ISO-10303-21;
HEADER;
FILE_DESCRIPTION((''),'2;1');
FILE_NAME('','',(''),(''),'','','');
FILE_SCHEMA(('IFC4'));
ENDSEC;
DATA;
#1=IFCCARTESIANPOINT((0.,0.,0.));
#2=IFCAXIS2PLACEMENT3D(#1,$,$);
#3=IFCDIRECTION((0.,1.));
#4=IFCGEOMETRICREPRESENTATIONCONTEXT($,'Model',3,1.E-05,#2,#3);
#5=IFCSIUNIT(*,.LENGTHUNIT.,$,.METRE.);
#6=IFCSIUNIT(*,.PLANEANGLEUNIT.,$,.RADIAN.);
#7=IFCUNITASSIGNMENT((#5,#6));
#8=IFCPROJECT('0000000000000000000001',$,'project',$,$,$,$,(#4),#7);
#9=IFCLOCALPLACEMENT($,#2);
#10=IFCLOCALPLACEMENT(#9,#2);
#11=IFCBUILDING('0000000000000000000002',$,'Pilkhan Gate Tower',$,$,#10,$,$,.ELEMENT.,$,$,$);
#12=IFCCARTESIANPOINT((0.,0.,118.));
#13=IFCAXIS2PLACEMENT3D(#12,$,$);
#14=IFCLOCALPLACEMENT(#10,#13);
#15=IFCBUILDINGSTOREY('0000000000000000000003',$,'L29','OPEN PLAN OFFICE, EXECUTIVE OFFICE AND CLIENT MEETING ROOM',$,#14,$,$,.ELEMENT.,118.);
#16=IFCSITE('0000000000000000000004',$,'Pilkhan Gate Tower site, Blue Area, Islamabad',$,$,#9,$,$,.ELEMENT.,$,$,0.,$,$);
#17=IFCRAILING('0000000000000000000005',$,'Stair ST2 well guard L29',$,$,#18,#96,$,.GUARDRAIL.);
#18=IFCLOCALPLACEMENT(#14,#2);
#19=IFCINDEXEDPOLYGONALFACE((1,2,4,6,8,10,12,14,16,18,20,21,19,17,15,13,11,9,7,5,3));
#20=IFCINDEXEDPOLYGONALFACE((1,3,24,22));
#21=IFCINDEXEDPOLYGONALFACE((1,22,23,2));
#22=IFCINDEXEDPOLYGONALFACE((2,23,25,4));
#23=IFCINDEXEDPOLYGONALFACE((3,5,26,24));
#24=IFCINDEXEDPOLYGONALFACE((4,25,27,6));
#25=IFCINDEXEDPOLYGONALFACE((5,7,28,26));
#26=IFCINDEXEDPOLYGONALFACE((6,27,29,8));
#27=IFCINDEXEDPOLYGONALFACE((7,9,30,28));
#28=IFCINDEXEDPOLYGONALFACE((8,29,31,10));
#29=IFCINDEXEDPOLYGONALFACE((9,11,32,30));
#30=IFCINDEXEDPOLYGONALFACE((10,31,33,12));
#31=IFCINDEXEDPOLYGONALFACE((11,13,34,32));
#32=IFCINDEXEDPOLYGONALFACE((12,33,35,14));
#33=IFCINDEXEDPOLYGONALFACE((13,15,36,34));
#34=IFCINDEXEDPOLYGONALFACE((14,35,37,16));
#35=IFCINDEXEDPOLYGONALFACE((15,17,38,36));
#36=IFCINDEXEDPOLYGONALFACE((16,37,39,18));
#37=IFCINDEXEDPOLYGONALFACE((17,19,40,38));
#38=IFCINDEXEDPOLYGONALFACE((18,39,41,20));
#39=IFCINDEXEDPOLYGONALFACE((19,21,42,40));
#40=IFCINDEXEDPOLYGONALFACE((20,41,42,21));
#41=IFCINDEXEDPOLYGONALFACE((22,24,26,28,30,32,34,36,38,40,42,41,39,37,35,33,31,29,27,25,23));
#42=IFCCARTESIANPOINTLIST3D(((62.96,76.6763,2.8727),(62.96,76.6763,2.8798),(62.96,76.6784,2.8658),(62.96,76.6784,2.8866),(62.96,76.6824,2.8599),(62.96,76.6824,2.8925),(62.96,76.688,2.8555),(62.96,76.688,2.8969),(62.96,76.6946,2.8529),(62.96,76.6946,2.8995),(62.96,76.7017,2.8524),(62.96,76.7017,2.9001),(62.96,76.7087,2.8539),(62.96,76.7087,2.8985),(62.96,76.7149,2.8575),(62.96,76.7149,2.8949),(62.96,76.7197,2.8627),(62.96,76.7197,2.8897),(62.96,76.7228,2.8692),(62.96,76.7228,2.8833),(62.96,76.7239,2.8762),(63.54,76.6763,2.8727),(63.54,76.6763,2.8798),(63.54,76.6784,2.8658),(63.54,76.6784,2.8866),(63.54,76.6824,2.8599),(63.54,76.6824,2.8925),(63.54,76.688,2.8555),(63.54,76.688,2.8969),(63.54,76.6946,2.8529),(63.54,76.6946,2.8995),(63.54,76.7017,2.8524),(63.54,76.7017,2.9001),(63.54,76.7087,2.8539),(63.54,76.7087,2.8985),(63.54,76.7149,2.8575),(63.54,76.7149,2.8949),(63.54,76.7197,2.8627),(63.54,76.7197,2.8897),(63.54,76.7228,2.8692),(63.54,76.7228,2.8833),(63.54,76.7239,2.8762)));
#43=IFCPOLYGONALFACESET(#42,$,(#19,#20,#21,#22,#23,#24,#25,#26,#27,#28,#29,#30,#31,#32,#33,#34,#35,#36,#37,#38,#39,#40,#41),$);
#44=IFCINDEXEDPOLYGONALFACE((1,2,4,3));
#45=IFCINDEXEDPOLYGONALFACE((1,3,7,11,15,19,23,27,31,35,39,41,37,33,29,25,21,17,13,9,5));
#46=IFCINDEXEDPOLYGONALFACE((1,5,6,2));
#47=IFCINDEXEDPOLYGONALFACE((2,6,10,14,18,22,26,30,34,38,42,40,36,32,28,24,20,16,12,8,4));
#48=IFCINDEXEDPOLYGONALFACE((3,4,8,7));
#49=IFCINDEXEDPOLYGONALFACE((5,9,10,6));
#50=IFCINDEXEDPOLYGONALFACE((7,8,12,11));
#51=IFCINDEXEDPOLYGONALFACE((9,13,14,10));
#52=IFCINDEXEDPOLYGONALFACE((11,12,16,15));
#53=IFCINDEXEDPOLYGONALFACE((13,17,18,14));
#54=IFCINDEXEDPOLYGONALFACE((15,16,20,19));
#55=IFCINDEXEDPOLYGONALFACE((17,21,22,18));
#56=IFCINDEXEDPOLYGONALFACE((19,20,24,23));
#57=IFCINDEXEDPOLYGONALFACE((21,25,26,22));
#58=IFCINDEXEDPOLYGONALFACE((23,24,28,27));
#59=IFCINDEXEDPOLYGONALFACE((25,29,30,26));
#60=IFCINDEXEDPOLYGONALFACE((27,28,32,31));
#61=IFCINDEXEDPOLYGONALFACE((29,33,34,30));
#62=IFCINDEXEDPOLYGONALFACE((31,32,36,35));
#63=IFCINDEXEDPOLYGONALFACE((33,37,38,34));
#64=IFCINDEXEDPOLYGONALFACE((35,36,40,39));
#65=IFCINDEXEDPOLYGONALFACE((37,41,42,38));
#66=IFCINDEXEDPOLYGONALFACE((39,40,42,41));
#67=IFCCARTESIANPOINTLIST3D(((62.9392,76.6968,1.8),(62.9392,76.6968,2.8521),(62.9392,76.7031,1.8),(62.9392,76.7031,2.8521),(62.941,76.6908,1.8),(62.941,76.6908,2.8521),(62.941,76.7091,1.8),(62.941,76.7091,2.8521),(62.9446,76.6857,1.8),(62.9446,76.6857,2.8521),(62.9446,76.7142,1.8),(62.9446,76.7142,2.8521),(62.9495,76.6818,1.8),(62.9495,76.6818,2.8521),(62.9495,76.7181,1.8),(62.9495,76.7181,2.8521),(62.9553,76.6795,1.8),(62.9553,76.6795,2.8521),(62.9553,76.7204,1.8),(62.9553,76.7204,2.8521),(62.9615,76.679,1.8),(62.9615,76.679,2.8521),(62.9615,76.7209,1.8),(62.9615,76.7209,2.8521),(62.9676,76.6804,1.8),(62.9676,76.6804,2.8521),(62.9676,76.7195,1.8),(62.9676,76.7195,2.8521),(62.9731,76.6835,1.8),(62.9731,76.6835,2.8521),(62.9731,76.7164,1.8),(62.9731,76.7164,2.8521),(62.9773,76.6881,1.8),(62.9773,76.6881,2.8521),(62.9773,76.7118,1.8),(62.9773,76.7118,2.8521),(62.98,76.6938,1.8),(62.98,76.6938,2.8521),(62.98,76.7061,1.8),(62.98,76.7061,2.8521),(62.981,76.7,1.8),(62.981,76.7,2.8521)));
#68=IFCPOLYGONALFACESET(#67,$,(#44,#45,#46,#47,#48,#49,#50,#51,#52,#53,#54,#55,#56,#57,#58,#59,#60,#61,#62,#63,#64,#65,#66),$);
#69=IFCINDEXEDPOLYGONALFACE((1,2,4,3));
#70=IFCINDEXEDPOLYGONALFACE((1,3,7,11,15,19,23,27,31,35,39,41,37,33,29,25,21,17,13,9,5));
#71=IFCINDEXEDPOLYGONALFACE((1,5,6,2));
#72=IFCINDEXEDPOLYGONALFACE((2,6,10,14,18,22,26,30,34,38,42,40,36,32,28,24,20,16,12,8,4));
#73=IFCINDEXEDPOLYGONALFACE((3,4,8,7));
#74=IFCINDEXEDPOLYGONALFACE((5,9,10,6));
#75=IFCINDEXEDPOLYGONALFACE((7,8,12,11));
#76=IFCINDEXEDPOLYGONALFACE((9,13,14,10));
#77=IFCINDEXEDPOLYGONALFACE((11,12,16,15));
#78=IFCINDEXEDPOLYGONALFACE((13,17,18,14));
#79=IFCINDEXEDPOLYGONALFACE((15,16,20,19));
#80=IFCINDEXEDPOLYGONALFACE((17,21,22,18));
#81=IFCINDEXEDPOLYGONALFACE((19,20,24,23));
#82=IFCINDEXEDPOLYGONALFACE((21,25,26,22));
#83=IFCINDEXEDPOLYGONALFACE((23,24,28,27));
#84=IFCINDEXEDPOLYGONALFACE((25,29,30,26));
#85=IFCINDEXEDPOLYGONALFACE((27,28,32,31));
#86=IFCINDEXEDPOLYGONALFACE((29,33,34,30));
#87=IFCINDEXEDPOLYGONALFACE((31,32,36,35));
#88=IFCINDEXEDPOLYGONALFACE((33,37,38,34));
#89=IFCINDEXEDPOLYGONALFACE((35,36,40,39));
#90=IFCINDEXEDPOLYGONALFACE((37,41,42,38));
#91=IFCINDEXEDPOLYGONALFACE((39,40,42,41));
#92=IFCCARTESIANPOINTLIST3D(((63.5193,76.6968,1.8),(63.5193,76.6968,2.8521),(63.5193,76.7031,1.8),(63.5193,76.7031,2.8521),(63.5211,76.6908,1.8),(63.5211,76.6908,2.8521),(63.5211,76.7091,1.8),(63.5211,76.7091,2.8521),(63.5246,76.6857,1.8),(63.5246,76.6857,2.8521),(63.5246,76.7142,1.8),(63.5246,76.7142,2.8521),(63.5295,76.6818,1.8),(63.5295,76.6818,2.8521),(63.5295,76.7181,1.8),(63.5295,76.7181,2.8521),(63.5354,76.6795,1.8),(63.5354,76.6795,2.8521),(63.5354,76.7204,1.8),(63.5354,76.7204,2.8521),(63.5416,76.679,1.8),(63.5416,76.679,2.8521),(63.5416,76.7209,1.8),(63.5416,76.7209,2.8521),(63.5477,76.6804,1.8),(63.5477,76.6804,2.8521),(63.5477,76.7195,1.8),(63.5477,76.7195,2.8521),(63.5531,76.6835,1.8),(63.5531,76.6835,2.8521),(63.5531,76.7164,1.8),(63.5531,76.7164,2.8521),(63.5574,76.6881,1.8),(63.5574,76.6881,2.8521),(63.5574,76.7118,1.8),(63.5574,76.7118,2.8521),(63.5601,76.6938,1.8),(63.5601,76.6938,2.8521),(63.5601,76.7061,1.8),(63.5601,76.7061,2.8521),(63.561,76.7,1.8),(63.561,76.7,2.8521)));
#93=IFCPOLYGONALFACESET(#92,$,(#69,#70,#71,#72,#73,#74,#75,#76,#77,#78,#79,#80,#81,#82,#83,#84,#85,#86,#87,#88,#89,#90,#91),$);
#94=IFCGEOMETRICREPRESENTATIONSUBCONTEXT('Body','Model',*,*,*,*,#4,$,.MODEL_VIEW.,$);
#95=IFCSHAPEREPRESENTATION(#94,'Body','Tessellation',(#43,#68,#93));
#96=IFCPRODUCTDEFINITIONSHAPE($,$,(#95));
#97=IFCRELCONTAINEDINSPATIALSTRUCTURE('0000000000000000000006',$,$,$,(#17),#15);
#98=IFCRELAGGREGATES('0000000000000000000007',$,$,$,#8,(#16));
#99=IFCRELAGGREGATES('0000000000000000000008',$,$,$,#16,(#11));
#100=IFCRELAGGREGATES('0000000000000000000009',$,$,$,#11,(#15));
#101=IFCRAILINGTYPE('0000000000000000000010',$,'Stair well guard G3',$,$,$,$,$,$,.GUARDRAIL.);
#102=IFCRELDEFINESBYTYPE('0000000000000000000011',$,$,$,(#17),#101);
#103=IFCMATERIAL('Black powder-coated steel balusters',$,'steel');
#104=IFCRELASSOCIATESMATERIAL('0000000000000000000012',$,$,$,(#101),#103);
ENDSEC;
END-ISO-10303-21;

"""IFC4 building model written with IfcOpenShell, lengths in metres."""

from ifc_helpers import new_model, si_unit, direction, frame, origin, origin_2d, place, context, subcontext, project, spatial, circle, extrude, material, type_object, element, save


model = new_model("IFC4")

# Units and contexts
model_context = context("Model", 3, precision=1e-05, world=origin(), true_north=direction((0.0, 1.0)))
body_context = subcontext(model_context, "Body", "Model", "MODEL_VIEW")
ifc_project = project(units=[si_unit("LENGTHUNIT", "METRE"), si_unit("PLANEANGLEUNIT", "RADIAN")], contexts=[model_context])

# Site, building, storey
site_placement = place(None, origin())
site = spatial("IfcSite", under=ifc_project, at=site_placement, Name="Pilkhan Gate Tower site, Blue Area, Islamabad", CompositionType="ELEMENT", RefElevation=0.0)
building_placement = place(site_placement, origin())
building = spatial("IfcBuilding", under=site, at=building_placement, Name="Pilkhan Gate Tower", CompositionType="ELEMENT")
storey_placement = place(building_placement, frame((0.0, 0.0, 118.0)))
storey = spatial("IfcBuildingStorey", under=building, at=storey_placement, Name="L29", Description="OPEN PLAN OFFICE, EXECUTIVE OFFICE AND CLIENT MEETING ROOM", CompositionType="ELEMENT", Elevation=118.0)

# Railing
ifc_material_1 = material(Name="Black powder-coated steel balusters", Category="steel")
railing_type_1 = type_object("IfcRailingType", Name="Stair well guard G3", PredefinedType="GUARDRAIL", material=ifc_material_1)
for number, where, name in (
    (1, (62.96, 76.7, 1.8), "Stair ST2 well guard L29"),
):
    element("IfcRailing", number, at=place(storey_placement, frame(where)), inside=storey, type_object=railing_type_1, Name=name, PredefinedType="GUARDRAIL", context=body_context, shape_type="SweptSolid", body=[
        extrude(circle(Radius=0.0239, at=origin_2d()), frame((0.0, 0.0, 1.0762), z_axis=(1.0, 0.0, 0.0), x_axis=(0.0, 1.0, 0.0)), (0.0, 0.0, 1.0), 0.5801),
        extrude(circle(Radius=0.021, at=origin_2d()), origin(), (0.0, 0.0, 1.0), 1.052),
        extrude(circle(Radius=0.021, at=origin_2d()), frame((0.5801, 0.0, 0.0)), (0.0, 0.0, 1.0), 1.052),
    ])

save(model, "model.ifc")
